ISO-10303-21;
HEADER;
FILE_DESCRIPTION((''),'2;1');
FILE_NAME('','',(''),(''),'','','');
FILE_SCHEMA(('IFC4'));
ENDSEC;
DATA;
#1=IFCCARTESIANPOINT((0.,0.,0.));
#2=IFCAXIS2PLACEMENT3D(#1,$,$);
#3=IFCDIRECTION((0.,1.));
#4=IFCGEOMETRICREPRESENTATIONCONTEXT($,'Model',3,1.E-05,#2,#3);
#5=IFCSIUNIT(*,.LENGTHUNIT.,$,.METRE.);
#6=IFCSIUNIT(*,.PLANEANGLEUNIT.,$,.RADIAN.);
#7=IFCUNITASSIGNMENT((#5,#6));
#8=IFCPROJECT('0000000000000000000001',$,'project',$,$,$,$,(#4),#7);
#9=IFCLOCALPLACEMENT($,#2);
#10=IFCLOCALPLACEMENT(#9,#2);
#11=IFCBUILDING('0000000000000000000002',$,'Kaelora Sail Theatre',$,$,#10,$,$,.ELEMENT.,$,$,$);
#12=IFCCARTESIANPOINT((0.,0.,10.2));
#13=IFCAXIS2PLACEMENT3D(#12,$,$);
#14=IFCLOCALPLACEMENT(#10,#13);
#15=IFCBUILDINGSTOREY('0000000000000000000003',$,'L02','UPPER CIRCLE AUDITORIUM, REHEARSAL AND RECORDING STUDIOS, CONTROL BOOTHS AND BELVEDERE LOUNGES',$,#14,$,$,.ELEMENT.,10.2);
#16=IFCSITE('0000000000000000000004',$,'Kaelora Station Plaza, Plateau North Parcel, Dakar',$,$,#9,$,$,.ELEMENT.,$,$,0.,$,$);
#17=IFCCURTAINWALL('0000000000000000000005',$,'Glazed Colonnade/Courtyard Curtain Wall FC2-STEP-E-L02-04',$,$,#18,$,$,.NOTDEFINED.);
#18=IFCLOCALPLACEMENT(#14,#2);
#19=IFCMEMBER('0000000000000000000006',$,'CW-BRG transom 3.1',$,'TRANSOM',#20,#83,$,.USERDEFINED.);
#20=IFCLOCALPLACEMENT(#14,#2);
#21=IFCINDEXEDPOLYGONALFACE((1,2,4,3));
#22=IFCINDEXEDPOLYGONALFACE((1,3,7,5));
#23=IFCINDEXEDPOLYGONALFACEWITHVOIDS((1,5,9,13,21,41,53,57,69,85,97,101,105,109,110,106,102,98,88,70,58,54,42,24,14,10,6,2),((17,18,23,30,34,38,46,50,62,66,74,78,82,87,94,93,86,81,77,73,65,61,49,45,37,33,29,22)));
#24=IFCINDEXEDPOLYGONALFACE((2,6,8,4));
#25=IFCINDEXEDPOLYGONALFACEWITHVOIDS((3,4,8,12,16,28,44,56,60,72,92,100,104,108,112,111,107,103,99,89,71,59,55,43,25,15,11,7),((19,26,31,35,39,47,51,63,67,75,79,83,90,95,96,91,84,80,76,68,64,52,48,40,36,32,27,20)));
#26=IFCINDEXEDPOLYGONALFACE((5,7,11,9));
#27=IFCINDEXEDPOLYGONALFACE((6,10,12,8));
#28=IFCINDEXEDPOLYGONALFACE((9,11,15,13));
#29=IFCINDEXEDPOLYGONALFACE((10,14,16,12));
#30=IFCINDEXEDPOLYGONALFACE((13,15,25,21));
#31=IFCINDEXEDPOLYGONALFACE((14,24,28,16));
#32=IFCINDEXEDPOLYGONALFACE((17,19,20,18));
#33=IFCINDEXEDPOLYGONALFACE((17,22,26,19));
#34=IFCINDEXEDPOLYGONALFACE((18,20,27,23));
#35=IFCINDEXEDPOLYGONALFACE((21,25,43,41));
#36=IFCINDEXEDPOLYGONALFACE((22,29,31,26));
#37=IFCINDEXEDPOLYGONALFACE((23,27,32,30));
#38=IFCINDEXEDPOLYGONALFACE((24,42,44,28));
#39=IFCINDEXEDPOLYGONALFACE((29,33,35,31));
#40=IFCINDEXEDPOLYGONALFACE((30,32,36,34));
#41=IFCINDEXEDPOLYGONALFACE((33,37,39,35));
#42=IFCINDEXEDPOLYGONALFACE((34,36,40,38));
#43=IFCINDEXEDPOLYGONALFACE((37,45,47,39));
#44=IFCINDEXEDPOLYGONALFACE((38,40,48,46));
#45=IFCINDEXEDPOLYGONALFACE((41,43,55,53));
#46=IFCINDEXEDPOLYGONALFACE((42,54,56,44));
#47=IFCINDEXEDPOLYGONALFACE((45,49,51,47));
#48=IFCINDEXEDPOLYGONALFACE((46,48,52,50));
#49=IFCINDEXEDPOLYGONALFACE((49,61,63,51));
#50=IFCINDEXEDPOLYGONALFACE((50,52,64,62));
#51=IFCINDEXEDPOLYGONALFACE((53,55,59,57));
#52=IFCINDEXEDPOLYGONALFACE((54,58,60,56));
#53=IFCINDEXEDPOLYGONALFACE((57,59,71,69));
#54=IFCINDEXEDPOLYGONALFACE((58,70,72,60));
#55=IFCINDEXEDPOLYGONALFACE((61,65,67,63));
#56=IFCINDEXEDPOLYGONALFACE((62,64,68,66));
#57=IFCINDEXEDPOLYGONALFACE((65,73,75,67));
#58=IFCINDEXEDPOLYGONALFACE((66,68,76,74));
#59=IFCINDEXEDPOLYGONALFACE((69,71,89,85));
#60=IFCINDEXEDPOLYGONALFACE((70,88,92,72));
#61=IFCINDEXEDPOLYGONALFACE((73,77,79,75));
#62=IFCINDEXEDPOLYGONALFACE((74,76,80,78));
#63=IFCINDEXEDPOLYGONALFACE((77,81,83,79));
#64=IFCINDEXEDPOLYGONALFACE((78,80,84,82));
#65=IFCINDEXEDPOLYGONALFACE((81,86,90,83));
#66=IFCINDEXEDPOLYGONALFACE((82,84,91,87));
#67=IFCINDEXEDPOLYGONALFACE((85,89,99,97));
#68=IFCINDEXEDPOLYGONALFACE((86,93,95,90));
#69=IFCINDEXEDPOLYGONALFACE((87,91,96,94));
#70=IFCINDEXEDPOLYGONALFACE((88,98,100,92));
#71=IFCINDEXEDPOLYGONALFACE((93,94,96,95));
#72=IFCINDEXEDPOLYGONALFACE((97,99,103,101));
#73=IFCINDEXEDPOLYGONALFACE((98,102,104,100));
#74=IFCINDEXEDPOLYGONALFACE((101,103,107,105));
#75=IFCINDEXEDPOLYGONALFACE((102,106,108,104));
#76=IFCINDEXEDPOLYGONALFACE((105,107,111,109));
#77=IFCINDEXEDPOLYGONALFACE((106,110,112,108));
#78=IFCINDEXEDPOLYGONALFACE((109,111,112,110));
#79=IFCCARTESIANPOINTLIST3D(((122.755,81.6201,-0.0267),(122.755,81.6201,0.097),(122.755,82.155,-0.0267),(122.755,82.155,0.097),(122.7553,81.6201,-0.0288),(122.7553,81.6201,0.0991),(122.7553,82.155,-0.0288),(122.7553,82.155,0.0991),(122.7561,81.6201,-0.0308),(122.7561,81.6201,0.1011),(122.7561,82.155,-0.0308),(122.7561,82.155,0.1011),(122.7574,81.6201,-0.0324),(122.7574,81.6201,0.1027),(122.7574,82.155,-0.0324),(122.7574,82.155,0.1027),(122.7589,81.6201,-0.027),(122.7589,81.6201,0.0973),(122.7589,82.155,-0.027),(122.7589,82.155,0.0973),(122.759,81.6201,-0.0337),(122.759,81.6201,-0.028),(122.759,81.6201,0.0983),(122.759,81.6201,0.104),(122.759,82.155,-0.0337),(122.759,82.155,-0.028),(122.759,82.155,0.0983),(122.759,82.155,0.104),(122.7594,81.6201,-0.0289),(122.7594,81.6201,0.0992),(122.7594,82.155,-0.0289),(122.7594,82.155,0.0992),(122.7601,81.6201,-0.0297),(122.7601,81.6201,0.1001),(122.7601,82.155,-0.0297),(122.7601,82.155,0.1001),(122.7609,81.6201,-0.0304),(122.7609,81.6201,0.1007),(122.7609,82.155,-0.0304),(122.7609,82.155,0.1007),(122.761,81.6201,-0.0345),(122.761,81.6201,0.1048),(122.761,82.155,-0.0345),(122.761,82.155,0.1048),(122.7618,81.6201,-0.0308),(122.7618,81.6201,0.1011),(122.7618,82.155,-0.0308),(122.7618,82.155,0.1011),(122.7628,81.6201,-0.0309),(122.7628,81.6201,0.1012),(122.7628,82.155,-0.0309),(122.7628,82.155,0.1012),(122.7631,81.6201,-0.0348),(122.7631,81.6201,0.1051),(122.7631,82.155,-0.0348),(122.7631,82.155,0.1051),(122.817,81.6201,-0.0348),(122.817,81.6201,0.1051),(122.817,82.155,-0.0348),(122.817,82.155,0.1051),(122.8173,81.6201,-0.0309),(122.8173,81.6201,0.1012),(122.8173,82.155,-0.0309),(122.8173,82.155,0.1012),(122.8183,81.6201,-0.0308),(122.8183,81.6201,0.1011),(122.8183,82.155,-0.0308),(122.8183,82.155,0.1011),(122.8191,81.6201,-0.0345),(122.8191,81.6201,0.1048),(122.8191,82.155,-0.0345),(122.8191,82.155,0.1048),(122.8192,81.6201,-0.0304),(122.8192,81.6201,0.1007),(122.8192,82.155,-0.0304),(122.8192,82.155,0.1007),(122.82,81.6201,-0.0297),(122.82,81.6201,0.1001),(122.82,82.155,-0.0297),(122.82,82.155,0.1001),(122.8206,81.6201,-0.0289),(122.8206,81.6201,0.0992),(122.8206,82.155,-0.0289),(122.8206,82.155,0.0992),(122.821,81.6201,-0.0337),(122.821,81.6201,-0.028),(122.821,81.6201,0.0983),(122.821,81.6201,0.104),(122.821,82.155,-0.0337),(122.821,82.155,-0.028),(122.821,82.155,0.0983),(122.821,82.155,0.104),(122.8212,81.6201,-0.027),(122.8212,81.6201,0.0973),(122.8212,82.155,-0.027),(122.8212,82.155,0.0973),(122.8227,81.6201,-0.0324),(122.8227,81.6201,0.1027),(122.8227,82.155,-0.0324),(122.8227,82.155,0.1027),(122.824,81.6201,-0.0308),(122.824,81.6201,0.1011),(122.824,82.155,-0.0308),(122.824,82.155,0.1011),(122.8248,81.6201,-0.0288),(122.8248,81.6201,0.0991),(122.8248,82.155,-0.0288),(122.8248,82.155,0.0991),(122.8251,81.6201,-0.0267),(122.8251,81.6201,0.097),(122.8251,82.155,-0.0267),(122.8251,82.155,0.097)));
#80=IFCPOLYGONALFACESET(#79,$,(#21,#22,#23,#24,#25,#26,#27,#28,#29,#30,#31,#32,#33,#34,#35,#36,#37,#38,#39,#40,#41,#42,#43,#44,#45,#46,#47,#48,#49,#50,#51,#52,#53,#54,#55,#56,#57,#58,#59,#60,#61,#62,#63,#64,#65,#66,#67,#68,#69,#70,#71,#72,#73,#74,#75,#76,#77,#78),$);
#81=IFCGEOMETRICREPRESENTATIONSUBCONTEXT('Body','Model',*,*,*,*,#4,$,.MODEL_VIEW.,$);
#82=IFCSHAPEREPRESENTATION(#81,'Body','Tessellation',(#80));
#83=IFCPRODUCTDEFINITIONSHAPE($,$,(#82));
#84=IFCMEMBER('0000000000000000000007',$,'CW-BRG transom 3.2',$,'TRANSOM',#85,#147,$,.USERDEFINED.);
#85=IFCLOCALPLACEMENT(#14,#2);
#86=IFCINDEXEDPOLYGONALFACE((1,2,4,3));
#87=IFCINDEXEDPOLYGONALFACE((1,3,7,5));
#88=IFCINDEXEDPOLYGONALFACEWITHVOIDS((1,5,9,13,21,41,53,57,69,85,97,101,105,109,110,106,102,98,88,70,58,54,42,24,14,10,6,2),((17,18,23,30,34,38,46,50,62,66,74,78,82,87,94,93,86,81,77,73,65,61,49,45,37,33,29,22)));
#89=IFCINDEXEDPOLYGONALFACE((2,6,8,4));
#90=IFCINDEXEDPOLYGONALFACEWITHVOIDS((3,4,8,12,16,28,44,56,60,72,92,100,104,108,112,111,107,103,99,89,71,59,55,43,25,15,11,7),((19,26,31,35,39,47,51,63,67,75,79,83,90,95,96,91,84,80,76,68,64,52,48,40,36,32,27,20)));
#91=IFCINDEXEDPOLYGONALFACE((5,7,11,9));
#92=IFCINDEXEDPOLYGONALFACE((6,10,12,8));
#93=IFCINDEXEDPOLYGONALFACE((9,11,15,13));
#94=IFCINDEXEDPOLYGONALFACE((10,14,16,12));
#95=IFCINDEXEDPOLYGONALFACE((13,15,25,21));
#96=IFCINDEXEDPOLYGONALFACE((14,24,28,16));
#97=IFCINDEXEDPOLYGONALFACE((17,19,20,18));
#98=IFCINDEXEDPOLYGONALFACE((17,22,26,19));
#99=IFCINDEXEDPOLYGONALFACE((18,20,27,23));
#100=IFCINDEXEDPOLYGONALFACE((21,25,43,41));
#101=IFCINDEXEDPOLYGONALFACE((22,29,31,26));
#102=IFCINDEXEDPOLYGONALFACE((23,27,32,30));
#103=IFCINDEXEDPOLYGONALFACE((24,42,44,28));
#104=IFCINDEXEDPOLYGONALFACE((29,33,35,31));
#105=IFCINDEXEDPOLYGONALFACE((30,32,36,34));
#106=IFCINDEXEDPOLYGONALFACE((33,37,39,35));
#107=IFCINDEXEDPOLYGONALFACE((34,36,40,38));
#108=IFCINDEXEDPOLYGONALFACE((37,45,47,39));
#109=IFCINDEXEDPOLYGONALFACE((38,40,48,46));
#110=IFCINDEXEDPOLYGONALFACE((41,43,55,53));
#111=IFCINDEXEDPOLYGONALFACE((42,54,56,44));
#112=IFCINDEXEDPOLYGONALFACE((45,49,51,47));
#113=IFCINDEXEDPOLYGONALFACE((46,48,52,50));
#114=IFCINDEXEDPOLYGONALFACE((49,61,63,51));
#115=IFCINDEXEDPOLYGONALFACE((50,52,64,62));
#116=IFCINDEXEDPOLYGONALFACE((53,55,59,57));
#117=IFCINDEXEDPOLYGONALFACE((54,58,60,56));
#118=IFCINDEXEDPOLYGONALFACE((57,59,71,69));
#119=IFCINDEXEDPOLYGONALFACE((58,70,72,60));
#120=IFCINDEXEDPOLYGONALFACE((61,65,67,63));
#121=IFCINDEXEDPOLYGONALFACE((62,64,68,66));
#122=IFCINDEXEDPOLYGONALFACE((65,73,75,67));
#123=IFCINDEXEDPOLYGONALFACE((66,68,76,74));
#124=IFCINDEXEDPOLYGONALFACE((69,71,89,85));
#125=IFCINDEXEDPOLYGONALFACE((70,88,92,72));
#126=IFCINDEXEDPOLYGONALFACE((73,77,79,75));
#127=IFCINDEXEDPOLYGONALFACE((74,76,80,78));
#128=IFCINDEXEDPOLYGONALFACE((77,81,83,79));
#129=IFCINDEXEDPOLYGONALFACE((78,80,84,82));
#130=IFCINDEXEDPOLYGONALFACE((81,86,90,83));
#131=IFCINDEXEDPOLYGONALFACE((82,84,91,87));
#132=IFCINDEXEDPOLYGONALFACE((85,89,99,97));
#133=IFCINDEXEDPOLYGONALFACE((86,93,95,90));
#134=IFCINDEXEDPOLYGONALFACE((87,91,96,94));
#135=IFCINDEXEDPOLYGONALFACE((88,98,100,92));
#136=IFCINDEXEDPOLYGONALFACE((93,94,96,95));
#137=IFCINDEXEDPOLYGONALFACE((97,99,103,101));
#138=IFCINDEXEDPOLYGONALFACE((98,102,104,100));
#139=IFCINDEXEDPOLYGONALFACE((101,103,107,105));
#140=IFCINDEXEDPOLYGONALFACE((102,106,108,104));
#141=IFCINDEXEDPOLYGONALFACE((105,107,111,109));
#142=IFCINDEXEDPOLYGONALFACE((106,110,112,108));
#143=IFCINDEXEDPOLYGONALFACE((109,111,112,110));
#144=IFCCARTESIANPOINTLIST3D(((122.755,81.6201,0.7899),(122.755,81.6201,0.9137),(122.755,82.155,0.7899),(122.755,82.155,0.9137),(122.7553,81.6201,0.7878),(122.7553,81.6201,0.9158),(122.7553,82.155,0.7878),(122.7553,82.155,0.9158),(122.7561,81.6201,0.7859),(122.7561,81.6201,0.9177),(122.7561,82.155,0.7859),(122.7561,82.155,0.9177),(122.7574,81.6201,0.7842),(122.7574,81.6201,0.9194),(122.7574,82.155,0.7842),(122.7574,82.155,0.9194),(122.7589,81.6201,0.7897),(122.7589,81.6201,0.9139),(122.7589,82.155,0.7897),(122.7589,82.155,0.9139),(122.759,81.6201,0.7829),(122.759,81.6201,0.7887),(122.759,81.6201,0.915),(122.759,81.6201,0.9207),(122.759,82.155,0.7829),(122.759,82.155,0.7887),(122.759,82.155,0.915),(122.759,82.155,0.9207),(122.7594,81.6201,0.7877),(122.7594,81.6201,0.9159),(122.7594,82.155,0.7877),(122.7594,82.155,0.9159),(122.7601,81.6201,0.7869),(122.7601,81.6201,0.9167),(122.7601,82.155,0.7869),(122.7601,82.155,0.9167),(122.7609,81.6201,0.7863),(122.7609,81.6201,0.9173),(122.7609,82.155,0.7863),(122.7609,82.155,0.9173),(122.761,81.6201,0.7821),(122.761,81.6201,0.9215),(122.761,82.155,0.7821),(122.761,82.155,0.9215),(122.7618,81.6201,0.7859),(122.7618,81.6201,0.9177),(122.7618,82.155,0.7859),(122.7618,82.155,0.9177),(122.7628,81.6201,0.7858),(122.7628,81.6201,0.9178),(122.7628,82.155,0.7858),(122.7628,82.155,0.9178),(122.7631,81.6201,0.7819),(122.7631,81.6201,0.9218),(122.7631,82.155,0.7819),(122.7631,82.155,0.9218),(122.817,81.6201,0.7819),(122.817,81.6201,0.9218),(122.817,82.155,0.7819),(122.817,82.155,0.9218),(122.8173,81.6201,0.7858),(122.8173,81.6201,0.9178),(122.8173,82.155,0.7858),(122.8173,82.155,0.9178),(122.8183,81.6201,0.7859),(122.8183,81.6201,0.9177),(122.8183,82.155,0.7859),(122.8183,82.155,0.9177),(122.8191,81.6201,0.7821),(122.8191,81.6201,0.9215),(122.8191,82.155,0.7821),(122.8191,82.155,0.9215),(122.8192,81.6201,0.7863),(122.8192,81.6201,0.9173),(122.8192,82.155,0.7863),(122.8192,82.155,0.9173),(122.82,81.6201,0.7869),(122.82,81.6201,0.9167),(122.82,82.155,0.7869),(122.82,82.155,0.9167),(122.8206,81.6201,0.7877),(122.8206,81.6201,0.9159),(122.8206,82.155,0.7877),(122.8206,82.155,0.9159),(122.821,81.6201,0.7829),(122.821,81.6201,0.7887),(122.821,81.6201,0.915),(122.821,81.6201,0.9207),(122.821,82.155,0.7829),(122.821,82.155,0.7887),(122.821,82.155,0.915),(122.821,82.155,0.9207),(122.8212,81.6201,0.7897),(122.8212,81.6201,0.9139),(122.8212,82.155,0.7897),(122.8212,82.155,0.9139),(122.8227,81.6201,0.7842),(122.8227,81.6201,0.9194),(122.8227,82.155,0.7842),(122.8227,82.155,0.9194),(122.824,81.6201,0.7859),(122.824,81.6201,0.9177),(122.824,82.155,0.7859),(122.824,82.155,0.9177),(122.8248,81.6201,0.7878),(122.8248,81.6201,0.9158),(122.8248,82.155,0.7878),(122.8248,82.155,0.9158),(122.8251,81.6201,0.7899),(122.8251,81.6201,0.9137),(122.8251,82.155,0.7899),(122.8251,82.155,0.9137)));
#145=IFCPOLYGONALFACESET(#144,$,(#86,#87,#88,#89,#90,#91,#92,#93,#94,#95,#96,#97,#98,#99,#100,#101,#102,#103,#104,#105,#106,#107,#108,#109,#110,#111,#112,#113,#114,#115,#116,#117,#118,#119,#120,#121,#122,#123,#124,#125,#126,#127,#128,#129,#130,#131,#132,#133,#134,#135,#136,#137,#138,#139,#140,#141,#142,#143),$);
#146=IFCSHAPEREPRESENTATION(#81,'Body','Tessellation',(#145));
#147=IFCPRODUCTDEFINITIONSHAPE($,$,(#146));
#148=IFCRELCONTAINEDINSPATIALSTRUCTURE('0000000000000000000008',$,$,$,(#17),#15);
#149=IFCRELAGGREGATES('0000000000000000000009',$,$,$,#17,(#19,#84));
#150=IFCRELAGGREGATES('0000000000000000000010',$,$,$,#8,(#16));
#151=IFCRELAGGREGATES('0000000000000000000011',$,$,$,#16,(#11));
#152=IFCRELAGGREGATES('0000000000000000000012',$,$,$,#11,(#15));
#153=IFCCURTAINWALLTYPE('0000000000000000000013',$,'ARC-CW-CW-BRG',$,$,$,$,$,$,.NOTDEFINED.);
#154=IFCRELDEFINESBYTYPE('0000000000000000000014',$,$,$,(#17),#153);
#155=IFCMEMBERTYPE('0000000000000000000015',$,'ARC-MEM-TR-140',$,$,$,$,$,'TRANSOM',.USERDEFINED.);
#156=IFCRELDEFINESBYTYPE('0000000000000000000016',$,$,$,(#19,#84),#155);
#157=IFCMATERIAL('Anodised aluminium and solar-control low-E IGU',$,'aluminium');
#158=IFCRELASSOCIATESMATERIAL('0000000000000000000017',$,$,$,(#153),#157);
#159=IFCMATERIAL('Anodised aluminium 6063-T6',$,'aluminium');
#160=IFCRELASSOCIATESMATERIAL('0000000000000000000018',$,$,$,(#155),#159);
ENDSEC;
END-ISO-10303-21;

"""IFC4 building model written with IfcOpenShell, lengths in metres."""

from ifc_helpers import new_model, si_unit, direction, frame, origin, origin_2d, place, context, subcontext, project, spatial, hollow_rectangle, extrude, material, material_profile, profile_set, type_object, element, aggregate, save


model = new_model("IFC4")

# Units and contexts
model_context = context("Model", 3, precision=1e-05, world=origin(), true_north=direction((0.0, 1.0)))
body_context = subcontext(model_context, "Body", "Model", "MODEL_VIEW")
ifc_project = project(units=[si_unit("LENGTHUNIT", "METRE"), si_unit("PLANEANGLEUNIT", "RADIAN")], contexts=[model_context])

# Site, building, storey
site_placement = place(None, origin())
site = spatial("IfcSite", under=ifc_project, at=site_placement, Name="Kaelora Station Plaza, Plateau North Parcel, Dakar", CompositionType="ELEMENT", RefElevation=0.0)
building_placement = place(site_placement, origin())
building = spatial("IfcBuilding", under=site, at=building_placement, Name="Kaelora Sail Theatre", CompositionType="ELEMENT")
storey_placement = place(building_placement, frame((0.0, 0.0, 10.2)))
storey = spatial("IfcBuildingStorey", under=building, at=storey_placement, Name="L02", Description="UPPER CIRCLE AUDITORIUM, REHEARSAL AND RECORDING STUDIOS, CONTROL BOOTHS AND BELVEDERE LOUNGES", CompositionType="ELEMENT", Elevation=10.2)

# Curtain wall, members
ifc_material_1 = material(Name="Anodised aluminium and solar-control low-E IGU", Category="aluminium")
curtain_wall_type = type_object("IfcCurtainWallType", Name="ARC-CW-CW-BRG", PredefinedType="NOTDEFINED", material=ifc_material_1)
curtain_wall_placement = place(storey_placement, origin())
curtain_wall = element("IfcCurtainWall", 1, at=curtain_wall_placement, inside=storey, type_object=curtain_wall_type, Name="Glazed Colonnade/Courtyard Curtain Wall FC2-STEP-E-L02-04", PredefinedType="NOTDEFINED")
ifc_material_2 = material(Name="Anodised aluminium 6063-T6", Category="aluminium")
ifc_material_profile_1 = material_profile(ifc_material_2, hollow_rectangle(XDim=0.0701, YDim=0.1399, WallThickness=0.0039, InnerFilletRadius=0.0039, OuterFilletRadius=0.0081, at=origin_2d()), Name="ALU-TRAN 70x140x4")
ifc_profile_set_1 = profile_set([ifc_material_profile_1], Name="Anodised aluminium 6063-T6")
member_type_1 = type_object("IfcMemberType", Name="ARC-MEM-TR-140", ElementType="TRANSOM", PredefinedType="USERDEFINED", material=ifc_profile_set_1)
member_1_placement = place(storey_placement, frame((122.79, 81.6201, 0.0352), z_axis=(0.0, 1.0, 0.0), x_axis=(-1.0, 0.0, 0.0)))
member_1 = element("IfcMember", 2, at=member_1_placement, type_object=member_type_1, Name="CW-BRG transom 3.1", ObjectType="TRANSOM", PredefinedType="USERDEFINED", context=body_context, shape_type="SweptSolid", body=[
    extrude(hollow_rectangle(XDim=0.0701, YDim=0.1399, WallThickness=0.0039, InnerFilletRadius=0.0039, OuterFilletRadius=0.0081, at=origin_2d()), origin(), (0.0, 0.0, 1.0), 0.5349),
])
member_2_placement = place(storey_placement, frame((122.79, 81.6201, 0.8518), z_axis=(0.0, 1.0, 0.0), x_axis=(-1.0, 0.0, 0.0)))
member_2 = element("IfcMember", 3, at=member_2_placement, type_object=member_type_1, Name="CW-BRG transom 3.2", ObjectType="TRANSOM", PredefinedType="USERDEFINED", context=body_context, shape_type="SweptSolid", body=[
    extrude(hollow_rectangle(XDim=0.0701, YDim=0.1399, WallThickness=0.0039, InnerFilletRadius=0.0039, OuterFilletRadius=0.0081, at=origin_2d()), origin(), (0.0, 0.0, 1.0), 0.5349),
])

aggregate(curtain_wall, [member_1, member_2])

save(model, "model.ifc")
